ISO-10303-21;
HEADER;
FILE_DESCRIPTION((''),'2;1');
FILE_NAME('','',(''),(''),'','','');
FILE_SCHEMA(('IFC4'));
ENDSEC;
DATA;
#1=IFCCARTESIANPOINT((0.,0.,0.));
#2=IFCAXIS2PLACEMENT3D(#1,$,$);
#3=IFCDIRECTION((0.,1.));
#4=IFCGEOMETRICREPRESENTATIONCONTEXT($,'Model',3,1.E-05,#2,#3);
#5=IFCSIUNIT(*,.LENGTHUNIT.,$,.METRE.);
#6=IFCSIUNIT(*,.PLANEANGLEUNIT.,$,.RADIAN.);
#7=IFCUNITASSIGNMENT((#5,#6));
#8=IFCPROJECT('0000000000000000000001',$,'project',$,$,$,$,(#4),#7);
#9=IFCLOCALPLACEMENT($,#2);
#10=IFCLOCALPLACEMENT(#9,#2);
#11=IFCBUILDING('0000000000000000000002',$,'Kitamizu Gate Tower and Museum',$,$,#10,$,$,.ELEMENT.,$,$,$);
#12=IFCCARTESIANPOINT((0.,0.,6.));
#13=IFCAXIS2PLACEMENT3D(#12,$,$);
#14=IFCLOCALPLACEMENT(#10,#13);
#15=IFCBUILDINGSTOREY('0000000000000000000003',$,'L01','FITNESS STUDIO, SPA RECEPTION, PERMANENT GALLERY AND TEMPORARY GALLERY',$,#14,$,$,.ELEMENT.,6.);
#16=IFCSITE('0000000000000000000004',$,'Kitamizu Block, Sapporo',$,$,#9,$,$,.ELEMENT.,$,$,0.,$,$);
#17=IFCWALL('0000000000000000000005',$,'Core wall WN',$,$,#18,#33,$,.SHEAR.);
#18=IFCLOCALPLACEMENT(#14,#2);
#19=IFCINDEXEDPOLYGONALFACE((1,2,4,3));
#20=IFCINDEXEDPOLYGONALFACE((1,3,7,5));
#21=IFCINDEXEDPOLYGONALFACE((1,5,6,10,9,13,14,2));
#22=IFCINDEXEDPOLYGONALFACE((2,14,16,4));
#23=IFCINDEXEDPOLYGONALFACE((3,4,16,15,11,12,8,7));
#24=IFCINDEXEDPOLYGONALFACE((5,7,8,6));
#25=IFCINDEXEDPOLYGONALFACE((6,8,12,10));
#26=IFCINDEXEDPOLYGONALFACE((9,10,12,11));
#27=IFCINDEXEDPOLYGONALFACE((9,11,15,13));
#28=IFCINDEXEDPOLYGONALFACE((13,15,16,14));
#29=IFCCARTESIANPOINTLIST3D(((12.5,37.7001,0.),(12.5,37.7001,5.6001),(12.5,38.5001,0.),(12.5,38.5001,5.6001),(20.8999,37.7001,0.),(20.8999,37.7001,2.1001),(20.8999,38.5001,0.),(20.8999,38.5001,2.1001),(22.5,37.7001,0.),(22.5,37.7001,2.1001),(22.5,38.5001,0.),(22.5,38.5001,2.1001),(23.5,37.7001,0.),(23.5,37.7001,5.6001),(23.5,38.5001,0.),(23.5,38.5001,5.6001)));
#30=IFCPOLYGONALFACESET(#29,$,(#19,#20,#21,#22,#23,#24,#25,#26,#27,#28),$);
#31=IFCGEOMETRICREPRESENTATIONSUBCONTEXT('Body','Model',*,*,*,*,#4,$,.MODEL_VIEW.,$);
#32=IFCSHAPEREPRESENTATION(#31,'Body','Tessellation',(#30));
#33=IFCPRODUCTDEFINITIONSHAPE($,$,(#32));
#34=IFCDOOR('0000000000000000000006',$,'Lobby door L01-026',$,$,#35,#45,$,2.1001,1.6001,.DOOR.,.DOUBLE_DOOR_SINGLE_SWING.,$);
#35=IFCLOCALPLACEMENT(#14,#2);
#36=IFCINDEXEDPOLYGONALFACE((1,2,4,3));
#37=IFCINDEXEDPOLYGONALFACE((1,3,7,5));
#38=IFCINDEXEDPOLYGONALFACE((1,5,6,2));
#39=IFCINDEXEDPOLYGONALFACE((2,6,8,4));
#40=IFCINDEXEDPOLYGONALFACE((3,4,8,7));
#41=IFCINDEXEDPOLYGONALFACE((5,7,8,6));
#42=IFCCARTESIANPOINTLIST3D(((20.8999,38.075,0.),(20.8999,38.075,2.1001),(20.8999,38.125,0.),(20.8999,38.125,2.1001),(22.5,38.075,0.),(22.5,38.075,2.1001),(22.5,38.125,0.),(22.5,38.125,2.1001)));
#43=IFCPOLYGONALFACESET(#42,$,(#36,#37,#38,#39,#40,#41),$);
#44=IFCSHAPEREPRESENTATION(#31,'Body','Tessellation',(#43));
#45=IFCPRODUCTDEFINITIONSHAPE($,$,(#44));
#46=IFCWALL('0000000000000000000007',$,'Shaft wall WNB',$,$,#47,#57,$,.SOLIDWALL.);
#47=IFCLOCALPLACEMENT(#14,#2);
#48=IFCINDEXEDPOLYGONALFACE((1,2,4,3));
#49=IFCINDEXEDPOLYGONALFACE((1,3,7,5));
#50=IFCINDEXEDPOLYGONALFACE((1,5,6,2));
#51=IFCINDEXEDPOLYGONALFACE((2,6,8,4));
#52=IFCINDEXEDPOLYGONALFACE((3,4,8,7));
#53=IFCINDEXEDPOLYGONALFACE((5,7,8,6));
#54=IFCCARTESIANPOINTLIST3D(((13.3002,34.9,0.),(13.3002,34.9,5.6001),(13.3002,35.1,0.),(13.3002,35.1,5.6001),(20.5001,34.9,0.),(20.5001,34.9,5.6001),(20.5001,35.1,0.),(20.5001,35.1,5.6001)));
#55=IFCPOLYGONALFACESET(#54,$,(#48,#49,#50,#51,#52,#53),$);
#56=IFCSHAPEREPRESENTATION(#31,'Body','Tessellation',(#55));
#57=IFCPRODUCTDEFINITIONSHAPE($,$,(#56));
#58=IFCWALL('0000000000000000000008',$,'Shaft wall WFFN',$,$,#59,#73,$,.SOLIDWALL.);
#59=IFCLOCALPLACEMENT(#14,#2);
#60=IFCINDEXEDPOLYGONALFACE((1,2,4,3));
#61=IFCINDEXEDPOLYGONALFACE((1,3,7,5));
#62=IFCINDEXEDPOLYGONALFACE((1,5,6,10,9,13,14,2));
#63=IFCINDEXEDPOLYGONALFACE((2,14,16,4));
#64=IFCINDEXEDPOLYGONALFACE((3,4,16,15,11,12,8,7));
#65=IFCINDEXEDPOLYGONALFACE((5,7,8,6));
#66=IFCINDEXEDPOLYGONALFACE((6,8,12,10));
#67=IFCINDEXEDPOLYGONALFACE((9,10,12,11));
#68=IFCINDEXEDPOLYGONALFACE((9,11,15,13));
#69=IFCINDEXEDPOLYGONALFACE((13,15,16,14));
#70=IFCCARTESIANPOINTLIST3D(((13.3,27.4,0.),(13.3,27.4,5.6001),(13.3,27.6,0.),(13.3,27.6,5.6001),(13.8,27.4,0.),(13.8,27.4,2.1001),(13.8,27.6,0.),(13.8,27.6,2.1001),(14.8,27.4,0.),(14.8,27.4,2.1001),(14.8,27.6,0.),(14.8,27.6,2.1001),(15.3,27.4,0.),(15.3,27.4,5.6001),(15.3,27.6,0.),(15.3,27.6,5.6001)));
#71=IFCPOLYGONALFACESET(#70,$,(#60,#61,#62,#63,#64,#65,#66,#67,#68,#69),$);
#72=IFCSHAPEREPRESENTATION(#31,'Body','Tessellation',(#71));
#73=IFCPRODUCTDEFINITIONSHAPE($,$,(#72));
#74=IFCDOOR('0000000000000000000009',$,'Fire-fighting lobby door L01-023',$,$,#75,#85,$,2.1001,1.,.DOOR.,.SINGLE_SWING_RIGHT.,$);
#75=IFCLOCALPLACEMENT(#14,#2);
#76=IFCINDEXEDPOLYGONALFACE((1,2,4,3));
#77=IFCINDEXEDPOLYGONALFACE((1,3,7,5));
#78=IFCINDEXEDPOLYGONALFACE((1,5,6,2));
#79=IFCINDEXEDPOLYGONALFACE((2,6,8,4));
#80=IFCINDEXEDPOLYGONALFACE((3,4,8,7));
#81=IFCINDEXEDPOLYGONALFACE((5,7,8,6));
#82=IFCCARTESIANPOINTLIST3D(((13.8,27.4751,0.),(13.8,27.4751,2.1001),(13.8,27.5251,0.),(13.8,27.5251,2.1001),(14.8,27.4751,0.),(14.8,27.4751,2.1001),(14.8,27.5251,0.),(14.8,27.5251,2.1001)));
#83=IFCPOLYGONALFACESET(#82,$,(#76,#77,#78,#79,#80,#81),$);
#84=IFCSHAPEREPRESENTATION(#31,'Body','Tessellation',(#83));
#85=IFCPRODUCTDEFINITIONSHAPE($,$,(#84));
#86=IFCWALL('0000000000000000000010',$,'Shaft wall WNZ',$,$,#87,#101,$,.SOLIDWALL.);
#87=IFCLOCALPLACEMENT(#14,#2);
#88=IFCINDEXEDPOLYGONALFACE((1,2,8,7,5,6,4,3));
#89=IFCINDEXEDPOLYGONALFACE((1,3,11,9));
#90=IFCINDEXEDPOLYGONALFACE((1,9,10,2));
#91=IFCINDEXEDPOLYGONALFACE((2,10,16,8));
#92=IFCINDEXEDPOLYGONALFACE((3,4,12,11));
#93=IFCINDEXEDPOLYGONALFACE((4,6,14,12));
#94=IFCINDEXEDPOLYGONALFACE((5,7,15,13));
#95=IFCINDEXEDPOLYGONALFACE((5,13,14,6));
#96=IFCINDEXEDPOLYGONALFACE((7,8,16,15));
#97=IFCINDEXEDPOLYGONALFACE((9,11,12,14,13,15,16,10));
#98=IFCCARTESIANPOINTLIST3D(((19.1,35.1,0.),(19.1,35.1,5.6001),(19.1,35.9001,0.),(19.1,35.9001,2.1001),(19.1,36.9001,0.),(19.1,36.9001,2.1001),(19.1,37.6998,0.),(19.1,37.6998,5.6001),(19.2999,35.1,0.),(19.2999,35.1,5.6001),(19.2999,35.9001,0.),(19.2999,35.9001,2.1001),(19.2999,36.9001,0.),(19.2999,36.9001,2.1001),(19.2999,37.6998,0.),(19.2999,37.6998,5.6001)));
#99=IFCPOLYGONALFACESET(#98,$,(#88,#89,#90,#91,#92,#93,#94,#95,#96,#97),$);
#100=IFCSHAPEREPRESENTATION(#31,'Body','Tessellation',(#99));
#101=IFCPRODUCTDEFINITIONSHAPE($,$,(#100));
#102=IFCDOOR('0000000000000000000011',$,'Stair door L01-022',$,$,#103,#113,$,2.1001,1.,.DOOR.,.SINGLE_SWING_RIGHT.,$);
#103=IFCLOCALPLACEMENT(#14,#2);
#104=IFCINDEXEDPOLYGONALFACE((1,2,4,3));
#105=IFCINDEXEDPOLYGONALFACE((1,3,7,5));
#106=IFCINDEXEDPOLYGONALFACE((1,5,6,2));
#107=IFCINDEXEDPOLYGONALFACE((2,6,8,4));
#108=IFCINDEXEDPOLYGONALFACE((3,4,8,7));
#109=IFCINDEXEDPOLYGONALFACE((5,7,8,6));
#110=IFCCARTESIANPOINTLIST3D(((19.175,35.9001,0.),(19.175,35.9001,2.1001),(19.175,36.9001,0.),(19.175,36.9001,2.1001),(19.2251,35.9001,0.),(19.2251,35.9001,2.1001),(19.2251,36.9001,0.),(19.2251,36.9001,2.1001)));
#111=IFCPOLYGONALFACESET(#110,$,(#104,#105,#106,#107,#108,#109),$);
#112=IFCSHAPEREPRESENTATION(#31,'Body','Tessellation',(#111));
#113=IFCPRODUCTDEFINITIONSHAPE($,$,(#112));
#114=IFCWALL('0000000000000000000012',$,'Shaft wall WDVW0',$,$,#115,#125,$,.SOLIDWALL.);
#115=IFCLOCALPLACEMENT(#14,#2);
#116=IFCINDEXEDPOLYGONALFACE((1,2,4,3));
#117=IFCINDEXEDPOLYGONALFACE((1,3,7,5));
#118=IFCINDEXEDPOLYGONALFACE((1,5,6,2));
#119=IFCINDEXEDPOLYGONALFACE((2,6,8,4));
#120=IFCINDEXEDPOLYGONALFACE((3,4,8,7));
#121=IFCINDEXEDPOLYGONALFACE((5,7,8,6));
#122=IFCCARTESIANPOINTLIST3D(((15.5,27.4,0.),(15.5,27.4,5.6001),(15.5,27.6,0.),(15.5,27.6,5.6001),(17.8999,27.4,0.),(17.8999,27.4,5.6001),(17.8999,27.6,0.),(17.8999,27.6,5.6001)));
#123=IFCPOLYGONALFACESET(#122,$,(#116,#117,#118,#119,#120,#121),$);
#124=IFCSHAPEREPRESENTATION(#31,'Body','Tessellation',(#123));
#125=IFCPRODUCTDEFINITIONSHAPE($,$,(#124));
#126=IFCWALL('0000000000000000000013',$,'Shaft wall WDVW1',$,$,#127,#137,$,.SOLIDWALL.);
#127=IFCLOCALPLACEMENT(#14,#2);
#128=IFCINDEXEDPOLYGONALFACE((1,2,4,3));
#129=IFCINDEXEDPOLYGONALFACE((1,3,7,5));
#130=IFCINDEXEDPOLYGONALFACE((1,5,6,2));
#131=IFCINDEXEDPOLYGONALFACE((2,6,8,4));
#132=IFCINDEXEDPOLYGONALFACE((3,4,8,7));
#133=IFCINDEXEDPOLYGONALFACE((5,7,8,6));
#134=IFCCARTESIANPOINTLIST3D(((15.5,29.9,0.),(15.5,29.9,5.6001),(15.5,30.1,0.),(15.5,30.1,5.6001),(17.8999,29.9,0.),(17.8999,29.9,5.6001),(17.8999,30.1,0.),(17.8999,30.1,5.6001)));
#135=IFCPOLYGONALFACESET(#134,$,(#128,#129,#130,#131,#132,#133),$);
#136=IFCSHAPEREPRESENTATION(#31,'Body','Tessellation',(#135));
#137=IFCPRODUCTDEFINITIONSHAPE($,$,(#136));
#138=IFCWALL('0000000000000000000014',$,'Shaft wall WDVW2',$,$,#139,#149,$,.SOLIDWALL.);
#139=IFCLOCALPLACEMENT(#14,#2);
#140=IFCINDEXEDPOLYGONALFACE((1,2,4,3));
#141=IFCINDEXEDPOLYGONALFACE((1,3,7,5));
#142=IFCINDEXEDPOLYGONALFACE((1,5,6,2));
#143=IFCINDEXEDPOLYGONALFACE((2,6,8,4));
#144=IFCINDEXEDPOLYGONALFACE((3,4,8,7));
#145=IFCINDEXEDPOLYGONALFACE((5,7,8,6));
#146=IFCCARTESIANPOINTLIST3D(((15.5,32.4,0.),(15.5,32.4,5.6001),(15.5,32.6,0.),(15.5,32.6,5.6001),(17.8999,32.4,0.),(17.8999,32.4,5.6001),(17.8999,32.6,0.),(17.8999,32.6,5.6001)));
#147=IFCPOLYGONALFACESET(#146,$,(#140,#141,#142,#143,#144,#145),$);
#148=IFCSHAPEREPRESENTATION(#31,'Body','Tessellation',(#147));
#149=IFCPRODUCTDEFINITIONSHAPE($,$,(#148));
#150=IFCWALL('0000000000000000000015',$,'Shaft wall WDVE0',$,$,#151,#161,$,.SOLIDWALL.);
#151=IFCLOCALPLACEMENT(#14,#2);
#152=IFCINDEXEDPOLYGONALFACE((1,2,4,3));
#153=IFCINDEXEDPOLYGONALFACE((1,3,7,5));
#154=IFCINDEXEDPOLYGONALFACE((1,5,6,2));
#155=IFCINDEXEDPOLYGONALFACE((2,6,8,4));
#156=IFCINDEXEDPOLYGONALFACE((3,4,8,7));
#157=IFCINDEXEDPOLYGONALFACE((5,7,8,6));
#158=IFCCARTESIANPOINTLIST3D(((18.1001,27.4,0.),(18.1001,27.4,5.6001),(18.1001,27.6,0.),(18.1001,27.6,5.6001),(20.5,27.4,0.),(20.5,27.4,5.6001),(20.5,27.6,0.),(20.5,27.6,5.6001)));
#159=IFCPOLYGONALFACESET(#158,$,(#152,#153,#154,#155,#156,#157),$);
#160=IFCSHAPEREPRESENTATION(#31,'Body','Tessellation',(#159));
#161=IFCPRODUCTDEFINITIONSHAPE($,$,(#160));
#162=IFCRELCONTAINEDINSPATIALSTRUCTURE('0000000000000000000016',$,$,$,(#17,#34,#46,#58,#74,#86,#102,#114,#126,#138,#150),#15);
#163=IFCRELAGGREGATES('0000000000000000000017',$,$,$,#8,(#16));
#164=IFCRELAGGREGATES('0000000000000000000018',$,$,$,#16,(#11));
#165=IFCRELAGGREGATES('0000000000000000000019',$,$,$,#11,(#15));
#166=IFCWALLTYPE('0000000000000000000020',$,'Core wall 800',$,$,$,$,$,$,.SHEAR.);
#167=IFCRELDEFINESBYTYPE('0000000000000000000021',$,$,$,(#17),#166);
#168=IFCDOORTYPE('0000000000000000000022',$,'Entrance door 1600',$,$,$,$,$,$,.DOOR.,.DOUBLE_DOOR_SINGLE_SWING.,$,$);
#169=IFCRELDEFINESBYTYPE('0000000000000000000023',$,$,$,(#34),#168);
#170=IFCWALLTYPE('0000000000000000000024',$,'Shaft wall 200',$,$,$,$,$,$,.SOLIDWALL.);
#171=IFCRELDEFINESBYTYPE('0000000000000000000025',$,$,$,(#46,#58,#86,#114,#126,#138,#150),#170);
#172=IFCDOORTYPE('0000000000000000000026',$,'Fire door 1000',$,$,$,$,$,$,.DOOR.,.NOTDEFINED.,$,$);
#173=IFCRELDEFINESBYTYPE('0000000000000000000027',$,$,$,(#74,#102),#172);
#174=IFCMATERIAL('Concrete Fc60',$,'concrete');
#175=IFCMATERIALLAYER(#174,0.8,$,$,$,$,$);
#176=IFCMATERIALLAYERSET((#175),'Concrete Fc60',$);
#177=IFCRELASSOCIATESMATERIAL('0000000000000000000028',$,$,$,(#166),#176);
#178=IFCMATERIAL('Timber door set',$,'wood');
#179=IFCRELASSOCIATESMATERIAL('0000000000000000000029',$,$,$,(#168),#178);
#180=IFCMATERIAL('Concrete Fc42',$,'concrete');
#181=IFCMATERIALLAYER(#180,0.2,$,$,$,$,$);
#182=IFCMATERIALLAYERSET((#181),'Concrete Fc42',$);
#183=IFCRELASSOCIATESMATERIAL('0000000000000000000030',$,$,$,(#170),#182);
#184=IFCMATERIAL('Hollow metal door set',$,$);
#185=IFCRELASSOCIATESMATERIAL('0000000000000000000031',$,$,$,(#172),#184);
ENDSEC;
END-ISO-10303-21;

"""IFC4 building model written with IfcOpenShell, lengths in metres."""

from ifc_helpers import new_model, si_unit, direction, frame, frame_2d, origin, place, context, subcontext, project, spatial, rectangle, extrude, material, layer, layer_set, type_object, element, fill, save


model = new_model("IFC4")

# Units and contexts
model_context = context("Model", 3, precision=1e-05, world=origin(), true_north=direction((0.0, 1.0)))
body_context = subcontext(model_context, "Body", "Model", "MODEL_VIEW")
ifc_project = project(units=[si_unit("LENGTHUNIT", "METRE"), si_unit("PLANEANGLEUNIT", "RADIAN")], contexts=[model_context])

# Site, building, storey
site_placement = place(None, origin())
site = spatial("IfcSite", under=ifc_project, at=site_placement, Name="Kitamizu Block, Sapporo", CompositionType="ELEMENT", RefElevation=0.0)
building_placement = place(site_placement, origin())
building = spatial("IfcBuilding", under=site, at=building_placement, Name="Kitamizu Gate Tower and Museum", CompositionType="ELEMENT")
storey_placement = place(building_placement, frame((0.0, 0.0, 6.0)))
storey = spatial("IfcBuildingStorey", under=building, at=storey_placement, Name="L01", Description="FITNESS STUDIO, SPA RECEPTION, PERMANENT GALLERY AND TEMPORARY GALLERY", CompositionType="ELEMENT", Elevation=6.0)

# Wall, opening, door
ifc_material_1 = material(Name="Concrete Fc60", Category="concrete")
ifc_layer_1 = layer(ifc_material_1, 0.8)
ifc_layer_set_1 = layer_set([ifc_layer_1], Name="Concrete Fc60")
wall_type_1 = type_object("IfcWallType", Name="Core wall 800", PredefinedType="SHEAR", material=ifc_layer_set_1)
wall_1_placement = place(storey_placement, frame((12.5, 38.1001, 0.0), z_axis=(0.0, 0.0, 1.0), x_axis=(1.0, 0.0, 0.0)))
wall_1 = element("IfcWall", 1, at=wall_1_placement, inside=storey, type_object=wall_type_1, Name="Core wall WN", PredefinedType="SHEAR", context=body_context, shape_type="SweptSolid", body=[
    extrude(rectangle(XDim=11.0, YDim=0.8, at=frame_2d((5.5, 0.0))), origin(), (0.0, 0.0, 1.0), 5.6001),
])
opening_1_placement = place(wall_1_placement, frame((8.3999, 0.0, 0.0)))
opening_1 = element("IfcOpeningElement", 2, at=opening_1_placement, cuts=wall_1, PredefinedType="OPENING", context=body_context, shape_type="SweptSolid", body=[
    extrude(rectangle(XDim=1.6001, YDim=2.1001, at=frame_2d((0.8, 1.05))), frame((0.0, 0.4102, 0.0), z_axis=(0.0, -1.0, 0.0), x_axis=(1.0, 0.0, 0.0)), (0.0, 0.0, 1.0), 0.8201),
])
ifc_material_2 = material(Name="Timber door set", Category="wood")
door_type_1 = type_object("IfcDoorType", Name="Entrance door 1600", OperationType="DOUBLE_DOOR_SINGLE_SWING", PredefinedType="DOOR", material=ifc_material_2)
door_1_placement = place(opening_1_placement, origin())
door_1 = element("IfcDoor", 3, at=door_1_placement, inside=storey, type_object=door_type_1, Name="Lobby door L01-026", OperationType="DOUBLE_DOOR_SINGLE_SWING", OverallHeight=2.1001, OverallWidth=1.6001, PredefinedType="DOOR", context=body_context, shape_type="SweptSolid", body=[
    extrude(rectangle(XDim=1.6001, YDim=2.1001, at=frame_2d((0.8, 1.05))), frame((0.0, 0.0249, 0.0), z_axis=(0.0, -1.0, 0.0), x_axis=(1.0, 0.0, 0.0)), (0.0, 0.0, 1.0), 0.05),
])
fill(opening_1, door_1)

# Wall
ifc_material_3 = material(Name="Concrete Fc42", Category="concrete")
ifc_layer_2 = layer(ifc_material_3, 0.2)
ifc_layer_set_2 = layer_set([ifc_layer_2], Name="Concrete Fc42")
wall_type_2 = type_object("IfcWallType", Name="Shaft wall 200", PredefinedType="SOLIDWALL", material=ifc_layer_set_2)
wall_2_placement = place(storey_placement, frame((13.3, 35.0, 0.0), z_axis=(0.0, 0.0, 1.0), x_axis=(1.0, 0.0, 0.0)))
element("IfcWall", 4, at=wall_2_placement, inside=storey, type_object=wall_type_2, Name="Shaft wall WNB", PredefinedType="SOLIDWALL", context=body_context, shape_type="SweptSolid", body=[
    extrude(rectangle(XDim=7.2, YDim=0.2, at=frame_2d((3.6001, 0.0))), origin(), (0.0, 0.0, 1.0), 5.6001),
])

# Walls, openings, doors
wall_3_placement = place(storey_placement, frame((13.3, 27.5, 0.0), z_axis=(0.0, 0.0, 1.0), x_axis=(1.0, 0.0, 0.0)))
wall_3 = element("IfcWall", 5, at=wall_3_placement, inside=storey, type_object=wall_type_2, Name="Shaft wall WFFN", PredefinedType="SOLIDWALL", context=body_context, shape_type="SweptSolid", body=[
    extrude(rectangle(XDim=2.0, YDim=0.2, at=frame_2d((1.0, 0.0))), origin(), (0.0, 0.0, 1.0), 5.6001),
])
opening_2_placement = place(wall_3_placement, frame((0.5, 0.0, 0.0)))
opening_2 = element("IfcOpeningElement", 6, at=opening_2_placement, cuts=wall_3, PredefinedType="OPENING", context=body_context, shape_type="SweptSolid", body=[
    extrude(rectangle(XDim=1.0, YDim=2.1001, at=frame_2d((0.5, 1.05))), frame((0.0, 0.1099, 0.0), z_axis=(0.0, -1.0, 0.0), x_axis=(1.0, 0.0, 0.0)), (0.0, 0.0, 1.0), 0.22),
])
ifc_material_4 = material(Name="Hollow metal door set")
door_type_2 = type_object("IfcDoorType", Name="Fire door 1000", OperationType="NOTDEFINED", PredefinedType="DOOR", material=ifc_material_4)
door_2_placement = place(opening_2_placement, frame((1.0, 0.0, 0.0), x_axis=(-1.0, 0.0, 0.0)))
door_2 = element("IfcDoor", 7, at=door_2_placement, inside=storey, type_object=door_type_2, Name="Fire-fighting lobby door L01-023", OperationType="SINGLE_SWING_RIGHT", OverallHeight=2.1001, OverallWidth=1.0, PredefinedType="DOOR", context=body_context, shape_type="SweptSolid", body=[
    extrude(rectangle(XDim=1.0, YDim=2.1001, at=frame_2d((0.5, 1.05))), frame((0.0, 0.0249, 0.0), z_axis=(0.0, -1.0, 0.0), x_axis=(1.0, 0.0, 0.0)), (0.0, 0.0, 1.0), 0.05),
])
fill(opening_2, door_2)
wall_4_placement = place(storey_placement, frame((19.2, 35.1001, 0.0), z_axis=(0.0, 0.0, 1.0), x_axis=(0.0, 1.0, 0.0)))
wall_4 = element("IfcWall", 8, at=wall_4_placement, inside=storey, type_object=wall_type_2, Name="Shaft wall WNZ", PredefinedType="SOLIDWALL", context=body_context, shape_type="SweptSolid", body=[
    extrude(rectangle(XDim=2.5999, YDim=0.2, at=frame_2d((1.2998, 0.0))), origin(), (0.0, 0.0, 1.0), 5.6001),
])
opening_3_placement = place(wall_4_placement, frame((0.8, 0.0, 0.0)))
opening_3 = element("IfcOpeningElement", 9, at=opening_3_placement, cuts=wall_4, PredefinedType="OPENING", context=body_context, shape_type="SweptSolid", body=[
    extrude(rectangle(XDim=1.0, YDim=2.1001, at=frame_2d((0.5, 1.05))), frame((0.0, 0.1099, 0.0), z_axis=(0.0, -1.0, 0.0), x_axis=(1.0, 0.0, 0.0)), (0.0, 0.0, 1.0), 0.22),
])
door_3_placement = place(opening_3_placement, origin())
door_3 = element("IfcDoor", 10, at=door_3_placement, inside=storey, type_object=door_type_2, Name="Stair door L01-022", OperationType="SINGLE_SWING_RIGHT", OverallHeight=2.1001, OverallWidth=1.0, PredefinedType="DOOR", context=body_context, shape_type="SweptSolid", body=[
    extrude(rectangle(XDim=1.0, YDim=2.1001, at=frame_2d((0.5, 1.05))), frame((0.0, 0.0249, 0.0), z_axis=(0.0, -1.0, 0.0), x_axis=(1.0, 0.0, 0.0)), (0.0, 0.0, 1.0), 0.05),
])
fill(opening_3, door_3)

# Walls
for number, where, z_axis, x_axis, name in (
    (11, (15.5, 27.5, 0.0), (0.0, 0.0, 1.0), (1.0, 0.0, 0.0), "Shaft wall WDVW0"),
    (12, (15.5, 30.0, 0.0), (0.0, 0.0, 1.0), (1.0, 0.0, 0.0), "Shaft wall WDVW1"),
    (13, (15.5, 32.5, 0.0), (0.0, 0.0, 1.0), (1.0, 0.0, 0.0), "Shaft wall WDVW2"),
    (14, (18.1001, 27.5, 0.0), (0.0, 0.0, 1.0), (1.0, 0.0, 0.0), "Shaft wall WDVE0"),
):
    element("IfcWall", number, at=place(storey_placement, frame(where, z_axis=z_axis, x_axis=x_axis)), inside=storey, type_object=wall_type_2, Name=name, PredefinedType="SOLIDWALL", context=body_context, shape_type="SweptSolid", body=[
        extrude(rectangle(XDim=2.3999, YDim=0.2, at=frame_2d((1.2, 0.0))), origin(), (0.0, 0.0, 1.0), 5.6001),
    ])

save(model, "model.ifc")
